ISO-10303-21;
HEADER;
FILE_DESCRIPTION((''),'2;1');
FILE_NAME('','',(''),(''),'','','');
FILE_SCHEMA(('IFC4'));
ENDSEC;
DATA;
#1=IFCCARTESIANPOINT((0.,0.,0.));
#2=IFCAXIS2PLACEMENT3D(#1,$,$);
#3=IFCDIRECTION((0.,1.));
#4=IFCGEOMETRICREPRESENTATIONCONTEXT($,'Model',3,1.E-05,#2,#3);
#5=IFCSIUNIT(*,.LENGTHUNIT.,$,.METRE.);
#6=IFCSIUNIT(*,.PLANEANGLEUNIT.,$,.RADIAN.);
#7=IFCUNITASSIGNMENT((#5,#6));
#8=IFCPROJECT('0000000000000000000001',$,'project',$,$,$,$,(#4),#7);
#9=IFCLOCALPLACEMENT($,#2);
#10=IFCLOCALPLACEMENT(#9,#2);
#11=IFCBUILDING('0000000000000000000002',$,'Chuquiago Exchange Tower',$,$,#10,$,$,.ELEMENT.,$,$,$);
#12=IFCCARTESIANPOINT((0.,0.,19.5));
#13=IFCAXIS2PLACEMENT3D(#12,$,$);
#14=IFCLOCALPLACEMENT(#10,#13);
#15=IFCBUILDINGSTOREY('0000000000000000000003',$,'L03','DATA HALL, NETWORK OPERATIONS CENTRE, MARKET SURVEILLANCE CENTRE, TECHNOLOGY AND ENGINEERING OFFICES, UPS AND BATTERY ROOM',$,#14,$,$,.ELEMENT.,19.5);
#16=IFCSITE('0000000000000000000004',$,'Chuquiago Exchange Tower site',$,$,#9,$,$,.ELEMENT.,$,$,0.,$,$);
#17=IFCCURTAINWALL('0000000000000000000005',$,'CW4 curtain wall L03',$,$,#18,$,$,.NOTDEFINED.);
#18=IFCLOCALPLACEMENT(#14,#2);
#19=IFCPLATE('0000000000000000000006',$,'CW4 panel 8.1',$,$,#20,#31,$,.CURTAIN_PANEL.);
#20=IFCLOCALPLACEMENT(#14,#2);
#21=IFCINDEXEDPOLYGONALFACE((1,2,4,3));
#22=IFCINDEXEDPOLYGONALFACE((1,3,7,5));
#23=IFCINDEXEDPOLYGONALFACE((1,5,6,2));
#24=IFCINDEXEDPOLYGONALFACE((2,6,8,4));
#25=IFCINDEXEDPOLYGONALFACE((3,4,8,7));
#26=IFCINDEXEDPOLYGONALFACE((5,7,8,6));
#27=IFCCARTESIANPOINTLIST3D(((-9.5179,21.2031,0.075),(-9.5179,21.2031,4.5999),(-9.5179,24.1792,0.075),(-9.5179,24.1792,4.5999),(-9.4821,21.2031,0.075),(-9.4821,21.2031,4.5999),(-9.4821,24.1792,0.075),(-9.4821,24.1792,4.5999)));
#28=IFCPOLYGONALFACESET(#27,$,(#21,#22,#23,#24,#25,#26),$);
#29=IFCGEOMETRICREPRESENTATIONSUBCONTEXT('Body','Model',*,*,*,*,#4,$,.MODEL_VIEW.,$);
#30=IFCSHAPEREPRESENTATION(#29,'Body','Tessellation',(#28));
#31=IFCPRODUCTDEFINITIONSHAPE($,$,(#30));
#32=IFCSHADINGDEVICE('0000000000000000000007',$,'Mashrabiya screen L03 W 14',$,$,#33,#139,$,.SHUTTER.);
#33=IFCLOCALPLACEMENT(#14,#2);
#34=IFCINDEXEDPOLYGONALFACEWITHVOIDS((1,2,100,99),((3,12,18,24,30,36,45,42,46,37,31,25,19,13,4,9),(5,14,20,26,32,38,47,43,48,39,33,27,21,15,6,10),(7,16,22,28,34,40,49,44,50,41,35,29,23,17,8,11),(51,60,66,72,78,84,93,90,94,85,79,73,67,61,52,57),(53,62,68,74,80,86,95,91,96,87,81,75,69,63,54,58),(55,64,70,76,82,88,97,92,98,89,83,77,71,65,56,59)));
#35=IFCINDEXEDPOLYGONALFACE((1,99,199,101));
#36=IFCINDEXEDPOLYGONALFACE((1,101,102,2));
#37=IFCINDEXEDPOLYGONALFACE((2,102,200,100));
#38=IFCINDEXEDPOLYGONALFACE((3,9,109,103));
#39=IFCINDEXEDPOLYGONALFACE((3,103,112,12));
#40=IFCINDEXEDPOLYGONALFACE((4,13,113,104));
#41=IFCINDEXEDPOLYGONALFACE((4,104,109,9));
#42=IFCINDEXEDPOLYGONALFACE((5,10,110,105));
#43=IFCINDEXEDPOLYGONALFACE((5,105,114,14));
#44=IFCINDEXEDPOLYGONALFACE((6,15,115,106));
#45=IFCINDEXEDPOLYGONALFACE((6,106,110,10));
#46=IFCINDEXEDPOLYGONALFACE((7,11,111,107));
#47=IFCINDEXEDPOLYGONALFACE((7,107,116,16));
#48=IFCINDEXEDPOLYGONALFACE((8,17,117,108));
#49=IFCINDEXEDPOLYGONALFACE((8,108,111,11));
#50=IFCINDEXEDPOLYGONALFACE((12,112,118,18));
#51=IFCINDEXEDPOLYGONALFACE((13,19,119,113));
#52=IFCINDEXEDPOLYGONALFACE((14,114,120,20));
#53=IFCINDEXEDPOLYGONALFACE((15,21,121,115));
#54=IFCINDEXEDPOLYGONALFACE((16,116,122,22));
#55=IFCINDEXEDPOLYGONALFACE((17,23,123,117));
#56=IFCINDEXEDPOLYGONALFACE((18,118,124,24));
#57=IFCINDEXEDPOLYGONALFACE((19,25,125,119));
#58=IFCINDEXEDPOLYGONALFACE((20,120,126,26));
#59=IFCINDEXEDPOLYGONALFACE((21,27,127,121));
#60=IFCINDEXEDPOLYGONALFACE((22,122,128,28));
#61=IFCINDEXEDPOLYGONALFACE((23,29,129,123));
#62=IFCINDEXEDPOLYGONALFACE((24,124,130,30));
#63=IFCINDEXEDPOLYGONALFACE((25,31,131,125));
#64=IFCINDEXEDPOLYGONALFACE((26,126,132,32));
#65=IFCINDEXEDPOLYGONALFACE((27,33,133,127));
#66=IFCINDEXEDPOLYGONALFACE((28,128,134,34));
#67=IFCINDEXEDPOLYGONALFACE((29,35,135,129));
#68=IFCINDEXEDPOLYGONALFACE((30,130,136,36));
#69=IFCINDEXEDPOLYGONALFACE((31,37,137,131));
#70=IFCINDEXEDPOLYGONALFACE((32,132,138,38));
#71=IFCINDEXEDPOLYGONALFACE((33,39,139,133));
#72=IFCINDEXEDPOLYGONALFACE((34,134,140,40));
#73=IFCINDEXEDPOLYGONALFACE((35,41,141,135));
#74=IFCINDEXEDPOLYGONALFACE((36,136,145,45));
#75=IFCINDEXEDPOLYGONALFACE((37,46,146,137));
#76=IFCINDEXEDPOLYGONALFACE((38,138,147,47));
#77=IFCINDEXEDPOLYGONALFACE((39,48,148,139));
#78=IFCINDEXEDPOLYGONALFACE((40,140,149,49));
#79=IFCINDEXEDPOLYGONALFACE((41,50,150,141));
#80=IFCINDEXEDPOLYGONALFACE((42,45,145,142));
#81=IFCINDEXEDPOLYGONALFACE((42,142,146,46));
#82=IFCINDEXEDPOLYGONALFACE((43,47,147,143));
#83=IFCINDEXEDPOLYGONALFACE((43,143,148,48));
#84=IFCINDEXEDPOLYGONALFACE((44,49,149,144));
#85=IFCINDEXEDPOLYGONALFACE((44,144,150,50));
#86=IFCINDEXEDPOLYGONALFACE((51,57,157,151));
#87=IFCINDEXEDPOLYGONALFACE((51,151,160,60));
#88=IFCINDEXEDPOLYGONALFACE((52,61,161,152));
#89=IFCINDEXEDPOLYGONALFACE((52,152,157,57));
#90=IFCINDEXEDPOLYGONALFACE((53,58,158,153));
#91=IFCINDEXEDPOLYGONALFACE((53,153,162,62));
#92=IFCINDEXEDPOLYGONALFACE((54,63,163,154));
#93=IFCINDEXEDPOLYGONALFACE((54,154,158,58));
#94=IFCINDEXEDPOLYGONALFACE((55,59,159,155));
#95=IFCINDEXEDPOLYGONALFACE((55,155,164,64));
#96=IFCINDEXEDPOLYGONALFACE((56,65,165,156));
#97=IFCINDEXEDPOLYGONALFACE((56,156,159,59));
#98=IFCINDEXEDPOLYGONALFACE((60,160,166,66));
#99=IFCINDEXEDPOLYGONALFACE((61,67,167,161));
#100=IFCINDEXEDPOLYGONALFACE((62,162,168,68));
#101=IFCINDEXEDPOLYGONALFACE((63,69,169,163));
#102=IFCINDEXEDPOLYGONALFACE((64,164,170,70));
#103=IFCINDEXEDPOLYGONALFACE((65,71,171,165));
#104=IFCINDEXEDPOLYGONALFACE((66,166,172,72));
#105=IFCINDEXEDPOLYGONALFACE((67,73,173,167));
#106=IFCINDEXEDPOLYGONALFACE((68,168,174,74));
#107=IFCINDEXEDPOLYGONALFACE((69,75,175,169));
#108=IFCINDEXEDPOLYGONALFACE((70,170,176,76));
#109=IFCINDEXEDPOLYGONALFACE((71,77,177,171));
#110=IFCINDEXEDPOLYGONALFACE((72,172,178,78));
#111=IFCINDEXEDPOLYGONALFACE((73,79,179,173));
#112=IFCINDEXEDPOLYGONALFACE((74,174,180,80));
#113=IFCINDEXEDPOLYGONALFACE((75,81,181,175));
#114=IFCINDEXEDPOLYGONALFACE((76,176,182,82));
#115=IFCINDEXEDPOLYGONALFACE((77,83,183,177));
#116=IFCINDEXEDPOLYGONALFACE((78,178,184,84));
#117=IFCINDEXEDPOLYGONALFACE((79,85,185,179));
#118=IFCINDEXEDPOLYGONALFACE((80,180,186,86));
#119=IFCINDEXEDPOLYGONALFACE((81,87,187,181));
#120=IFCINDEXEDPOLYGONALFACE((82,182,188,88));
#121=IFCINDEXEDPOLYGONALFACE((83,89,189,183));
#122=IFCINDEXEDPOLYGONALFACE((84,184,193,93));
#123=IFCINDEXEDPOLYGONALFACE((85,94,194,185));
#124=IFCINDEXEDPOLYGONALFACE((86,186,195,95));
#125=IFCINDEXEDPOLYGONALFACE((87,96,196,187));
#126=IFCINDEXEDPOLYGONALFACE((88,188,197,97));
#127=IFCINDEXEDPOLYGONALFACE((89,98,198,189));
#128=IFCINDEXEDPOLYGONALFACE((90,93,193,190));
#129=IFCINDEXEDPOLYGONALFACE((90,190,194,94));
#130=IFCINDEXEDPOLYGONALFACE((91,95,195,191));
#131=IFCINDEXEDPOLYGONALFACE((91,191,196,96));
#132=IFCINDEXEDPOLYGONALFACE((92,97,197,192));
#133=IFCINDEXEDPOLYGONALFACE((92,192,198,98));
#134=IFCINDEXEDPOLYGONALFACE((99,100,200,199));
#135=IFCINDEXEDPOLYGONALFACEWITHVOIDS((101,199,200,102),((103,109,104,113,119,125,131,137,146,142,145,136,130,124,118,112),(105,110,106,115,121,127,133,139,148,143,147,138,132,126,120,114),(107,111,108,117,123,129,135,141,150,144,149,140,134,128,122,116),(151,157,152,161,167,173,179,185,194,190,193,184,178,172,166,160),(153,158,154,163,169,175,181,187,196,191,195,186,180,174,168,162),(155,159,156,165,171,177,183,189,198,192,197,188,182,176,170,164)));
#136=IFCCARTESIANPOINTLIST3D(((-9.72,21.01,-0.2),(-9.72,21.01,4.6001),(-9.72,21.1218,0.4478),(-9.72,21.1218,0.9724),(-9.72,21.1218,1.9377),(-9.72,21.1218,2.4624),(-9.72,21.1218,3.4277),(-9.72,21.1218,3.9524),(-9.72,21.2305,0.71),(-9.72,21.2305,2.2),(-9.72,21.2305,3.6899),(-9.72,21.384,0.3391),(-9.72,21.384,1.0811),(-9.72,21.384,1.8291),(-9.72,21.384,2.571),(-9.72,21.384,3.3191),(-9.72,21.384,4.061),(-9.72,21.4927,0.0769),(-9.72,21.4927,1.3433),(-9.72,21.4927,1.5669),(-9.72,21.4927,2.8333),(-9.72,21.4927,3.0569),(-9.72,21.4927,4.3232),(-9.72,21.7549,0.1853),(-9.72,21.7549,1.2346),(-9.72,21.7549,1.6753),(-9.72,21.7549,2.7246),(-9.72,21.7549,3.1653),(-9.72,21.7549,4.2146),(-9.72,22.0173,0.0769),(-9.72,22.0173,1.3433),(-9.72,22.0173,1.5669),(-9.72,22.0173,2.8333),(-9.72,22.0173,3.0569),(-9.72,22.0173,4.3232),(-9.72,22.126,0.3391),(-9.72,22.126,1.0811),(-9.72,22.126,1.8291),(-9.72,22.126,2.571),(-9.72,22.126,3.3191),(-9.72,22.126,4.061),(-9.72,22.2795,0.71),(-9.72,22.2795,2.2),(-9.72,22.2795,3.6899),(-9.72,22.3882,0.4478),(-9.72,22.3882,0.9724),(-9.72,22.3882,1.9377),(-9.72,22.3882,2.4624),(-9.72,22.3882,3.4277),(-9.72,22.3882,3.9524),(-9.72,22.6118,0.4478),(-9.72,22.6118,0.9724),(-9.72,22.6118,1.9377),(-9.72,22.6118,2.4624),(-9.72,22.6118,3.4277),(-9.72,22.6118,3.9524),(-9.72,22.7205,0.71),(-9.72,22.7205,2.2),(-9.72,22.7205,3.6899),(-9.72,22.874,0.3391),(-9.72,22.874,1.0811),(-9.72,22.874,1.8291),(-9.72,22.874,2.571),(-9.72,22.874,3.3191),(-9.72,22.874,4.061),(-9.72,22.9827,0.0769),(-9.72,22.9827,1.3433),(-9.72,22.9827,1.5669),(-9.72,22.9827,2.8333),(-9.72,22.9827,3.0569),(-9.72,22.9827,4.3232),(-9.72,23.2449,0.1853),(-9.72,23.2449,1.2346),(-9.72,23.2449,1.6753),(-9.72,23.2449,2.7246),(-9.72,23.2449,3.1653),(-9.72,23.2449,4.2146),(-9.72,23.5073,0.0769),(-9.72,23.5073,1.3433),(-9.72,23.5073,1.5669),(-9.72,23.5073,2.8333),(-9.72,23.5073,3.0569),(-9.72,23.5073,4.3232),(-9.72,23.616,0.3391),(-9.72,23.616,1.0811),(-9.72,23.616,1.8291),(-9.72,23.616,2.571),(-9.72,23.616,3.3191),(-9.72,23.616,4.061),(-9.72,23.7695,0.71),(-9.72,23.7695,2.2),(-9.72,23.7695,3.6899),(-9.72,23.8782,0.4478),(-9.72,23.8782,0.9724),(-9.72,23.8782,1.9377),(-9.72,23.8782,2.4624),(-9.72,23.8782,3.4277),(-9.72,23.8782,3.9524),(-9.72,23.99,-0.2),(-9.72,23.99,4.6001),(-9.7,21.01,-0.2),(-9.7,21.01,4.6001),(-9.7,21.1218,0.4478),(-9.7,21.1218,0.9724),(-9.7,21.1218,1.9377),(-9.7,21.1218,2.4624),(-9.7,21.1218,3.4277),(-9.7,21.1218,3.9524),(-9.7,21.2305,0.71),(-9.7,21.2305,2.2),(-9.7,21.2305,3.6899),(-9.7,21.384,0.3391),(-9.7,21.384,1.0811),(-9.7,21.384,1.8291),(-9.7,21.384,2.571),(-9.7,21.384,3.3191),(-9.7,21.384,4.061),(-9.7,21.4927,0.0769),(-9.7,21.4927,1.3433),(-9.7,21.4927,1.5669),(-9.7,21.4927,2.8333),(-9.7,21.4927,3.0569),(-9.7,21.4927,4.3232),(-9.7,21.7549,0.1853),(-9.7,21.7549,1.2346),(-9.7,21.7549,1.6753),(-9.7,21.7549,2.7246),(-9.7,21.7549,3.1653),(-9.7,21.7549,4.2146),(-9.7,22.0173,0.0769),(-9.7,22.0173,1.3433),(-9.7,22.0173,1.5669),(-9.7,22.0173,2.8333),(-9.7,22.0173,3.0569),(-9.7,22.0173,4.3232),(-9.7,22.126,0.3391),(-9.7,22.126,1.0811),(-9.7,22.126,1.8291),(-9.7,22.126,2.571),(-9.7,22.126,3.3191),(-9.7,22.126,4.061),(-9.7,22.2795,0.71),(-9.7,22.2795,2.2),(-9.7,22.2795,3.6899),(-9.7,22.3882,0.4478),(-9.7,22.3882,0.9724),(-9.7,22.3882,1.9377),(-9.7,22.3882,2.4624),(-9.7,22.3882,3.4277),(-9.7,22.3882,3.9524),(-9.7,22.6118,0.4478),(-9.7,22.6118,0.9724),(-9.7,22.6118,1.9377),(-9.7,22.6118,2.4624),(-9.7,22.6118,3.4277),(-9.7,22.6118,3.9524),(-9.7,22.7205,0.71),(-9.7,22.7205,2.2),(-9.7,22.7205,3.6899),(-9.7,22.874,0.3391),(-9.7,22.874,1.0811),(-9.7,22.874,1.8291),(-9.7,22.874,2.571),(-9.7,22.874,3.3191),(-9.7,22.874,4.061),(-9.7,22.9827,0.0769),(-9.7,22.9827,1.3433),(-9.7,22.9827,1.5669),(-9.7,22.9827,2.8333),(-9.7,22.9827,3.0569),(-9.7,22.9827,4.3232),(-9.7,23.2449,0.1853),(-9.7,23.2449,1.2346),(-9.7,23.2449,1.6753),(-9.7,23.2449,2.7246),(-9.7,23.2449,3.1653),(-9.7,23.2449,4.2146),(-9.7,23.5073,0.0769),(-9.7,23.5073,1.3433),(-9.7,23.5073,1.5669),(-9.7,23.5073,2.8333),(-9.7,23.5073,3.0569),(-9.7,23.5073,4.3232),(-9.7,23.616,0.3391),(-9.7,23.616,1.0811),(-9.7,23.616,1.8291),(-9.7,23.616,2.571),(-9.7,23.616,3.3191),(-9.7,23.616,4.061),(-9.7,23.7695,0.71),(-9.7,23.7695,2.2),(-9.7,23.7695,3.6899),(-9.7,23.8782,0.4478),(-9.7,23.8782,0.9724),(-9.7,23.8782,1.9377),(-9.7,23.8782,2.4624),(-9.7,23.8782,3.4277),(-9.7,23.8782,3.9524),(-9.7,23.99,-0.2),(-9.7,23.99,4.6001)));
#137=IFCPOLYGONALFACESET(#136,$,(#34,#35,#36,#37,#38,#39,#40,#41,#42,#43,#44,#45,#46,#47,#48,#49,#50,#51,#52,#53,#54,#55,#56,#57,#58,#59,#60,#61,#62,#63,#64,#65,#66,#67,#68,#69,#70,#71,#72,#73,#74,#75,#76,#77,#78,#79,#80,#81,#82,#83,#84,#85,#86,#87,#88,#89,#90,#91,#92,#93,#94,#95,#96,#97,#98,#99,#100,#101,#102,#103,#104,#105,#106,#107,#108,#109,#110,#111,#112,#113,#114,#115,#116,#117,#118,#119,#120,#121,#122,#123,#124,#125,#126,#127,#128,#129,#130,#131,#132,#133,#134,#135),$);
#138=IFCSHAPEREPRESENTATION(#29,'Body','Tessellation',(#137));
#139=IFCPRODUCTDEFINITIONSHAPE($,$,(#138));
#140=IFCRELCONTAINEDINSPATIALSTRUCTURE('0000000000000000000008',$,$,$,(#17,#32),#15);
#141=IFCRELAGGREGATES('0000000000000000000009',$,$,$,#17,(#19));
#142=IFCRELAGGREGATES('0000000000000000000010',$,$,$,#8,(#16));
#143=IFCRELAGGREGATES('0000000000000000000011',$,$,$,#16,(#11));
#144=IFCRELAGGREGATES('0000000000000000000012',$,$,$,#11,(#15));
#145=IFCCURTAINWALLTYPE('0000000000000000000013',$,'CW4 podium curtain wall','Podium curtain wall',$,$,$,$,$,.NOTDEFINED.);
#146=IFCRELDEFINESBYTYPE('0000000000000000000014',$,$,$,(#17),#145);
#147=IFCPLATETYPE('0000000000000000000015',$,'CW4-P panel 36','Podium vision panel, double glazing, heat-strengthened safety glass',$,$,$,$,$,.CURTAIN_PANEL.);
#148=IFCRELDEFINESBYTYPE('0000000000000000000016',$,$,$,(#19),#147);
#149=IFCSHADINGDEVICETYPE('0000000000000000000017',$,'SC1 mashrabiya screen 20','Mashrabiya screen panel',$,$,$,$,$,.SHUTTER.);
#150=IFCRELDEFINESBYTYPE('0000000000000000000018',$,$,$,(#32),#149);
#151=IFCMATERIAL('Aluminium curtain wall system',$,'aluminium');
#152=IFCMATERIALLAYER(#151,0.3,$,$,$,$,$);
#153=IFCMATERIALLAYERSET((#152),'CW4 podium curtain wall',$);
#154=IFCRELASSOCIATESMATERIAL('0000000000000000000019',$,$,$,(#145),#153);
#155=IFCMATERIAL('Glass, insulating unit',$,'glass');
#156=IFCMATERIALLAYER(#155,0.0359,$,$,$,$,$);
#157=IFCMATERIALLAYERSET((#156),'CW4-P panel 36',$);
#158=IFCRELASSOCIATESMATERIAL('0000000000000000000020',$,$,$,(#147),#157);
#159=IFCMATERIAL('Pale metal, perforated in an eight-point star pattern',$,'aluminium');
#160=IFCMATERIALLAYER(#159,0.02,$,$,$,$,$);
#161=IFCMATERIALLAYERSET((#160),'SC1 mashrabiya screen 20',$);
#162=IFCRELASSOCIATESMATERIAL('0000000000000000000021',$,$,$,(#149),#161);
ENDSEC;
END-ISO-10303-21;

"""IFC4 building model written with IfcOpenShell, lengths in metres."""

from ifc_helpers import new_model, si_unit, direction, frame, origin, origin_2d, place, context, subcontext, project, spatial, polyline, rectangle, outline, extrude, material, layer, layer_set, type_object, element, aggregate, save


model = new_model("IFC4")

# Units and contexts
model_context = context("Model", 3, precision=1e-05, world=origin(), true_north=direction((0.0, 1.0)))
body_context = subcontext(model_context, "Body", "Model", "MODEL_VIEW")
ifc_project = project(units=[si_unit("LENGTHUNIT", "METRE"), si_unit("PLANEANGLEUNIT", "RADIAN")], contexts=[model_context])

# Site, building, storey
site_placement = place(None, origin())
site = spatial("IfcSite", under=ifc_project, at=site_placement, Name="Chuquiago Exchange Tower site", CompositionType="ELEMENT", RefElevation=0.0)
building_placement = place(site_placement, origin())
building = spatial("IfcBuilding", under=site, at=building_placement, Name="Chuquiago Exchange Tower", CompositionType="ELEMENT")
storey_placement = place(building_placement, frame((0.0, 0.0, 19.5)))
storey = spatial("IfcBuildingStorey", under=building, at=storey_placement, Name="L03", Description="DATA HALL, NETWORK OPERATIONS CENTRE, MARKET SURVEILLANCE CENTRE, TECHNOLOGY AND ENGINEERING OFFICES, UPS AND BATTERY ROOM", CompositionType="ELEMENT", Elevation=19.5)

# Curtain wall
ifc_material_1 = material(Name="Aluminium curtain wall system", Category="aluminium")
ifc_layer_1 = layer(ifc_material_1, 0.3)
ifc_layer_set_1 = layer_set([ifc_layer_1], Name="CW4 podium curtain wall")
curtain_wall_type = type_object("IfcCurtainWallType", Name="CW4 podium curtain wall", Description="Podium curtain wall", PredefinedType="NOTDEFINED", material=ifc_layer_set_1)
curtain_wall_placement = place(storey_placement, origin())
curtain_wall = element("IfcCurtainWall", 1, at=curtain_wall_placement, inside=storey, type_object=curtain_wall_type, Name="CW4 curtain wall L03", PredefinedType="NOTDEFINED")

# Plate
ifc_material_2 = material(Name="Glass, insulating unit", Category="glass")
ifc_layer_2 = layer(ifc_material_2, 0.0359)
ifc_layer_set_2 = layer_set([ifc_layer_2], Name="CW4-P panel 36")
plate_type = type_object("IfcPlateType", Name="CW4-P panel 36", Description="Podium vision panel, double glazing, heat-strengthened safety glass", PredefinedType="CURTAIN_PANEL", material=ifc_layer_set_2)
plate_1_placement = place(storey_placement, frame((-9.5, 22.6912, 0.075), z_axis=(0.0, 0.0, 1.0), x_axis=(0.0, -1.0, 0.0)))
plate_1 = element("IfcPlate", 2, at=plate_1_placement, type_object=plate_type, Name="CW4 panel 8.1", PredefinedType="CURTAIN_PANEL", context=body_context, shape_type="SweptSolid", body=[
    extrude(rectangle(XDim=2.9761, YDim=0.0359, at=origin_2d()), origin(), (0.0, 0.0, 1.0), 4.5249),
])
aggregate(curtain_wall, [plate_1])

# Shading device
ifc_material_3 = material(Name="Pale metal, perforated in an eight-point star pattern", Category="aluminium")
ifc_layer_3 = layer(ifc_material_3, 0.02)
ifc_layer_set_3 = layer_set([ifc_layer_3], Name="SC1 mashrabiya screen 20")
shading_device_type = type_object("IfcShadingDeviceType", Name="SC1 mashrabiya screen 20", Description="Mashrabiya screen panel", PredefinedType="SHUTTER", material=ifc_layer_set_3)
shading_device_1_placement = place(storey_placement, frame((-9.7, 23.99, -0.2), z_axis=(0.0, 0.0, 1.0), x_axis=(0.0, -1.0, 0.0)))
element("IfcShadingDevice", 3, at=shading_device_1_placement, inside=storey, type_object=shading_device_type, Name="Mashrabiya screen L03 W 14", PredefinedType="SHUTTER", context=body_context, shape_type="SweptSolid", body=[
    extrude(outline(polyline([(0.0, 0.0), (2.98, 0.0), (2.98, 4.8), (0.0, 4.8), (0.0, 0.0)]), holes=[polyline([(1.2695, 0.9099), (1.3782, 1.1724), (1.116, 1.281), (1.0073, 1.5432), (0.7451, 1.4346), (0.4827, 1.5432), (0.374, 1.281), (0.1118, 1.1724), (0.2205, 0.9099), (0.1118, 0.6477), (0.374, 0.5391), (0.4827, 0.2769), (0.7451, 0.3853), (1.0073, 0.2769), (1.116, 0.5391), (1.3782, 0.6477), (1.2695, 0.9099)]), polyline([(2.7595, 0.9099), (2.8682, 1.1724), (2.606, 1.281), (2.4973, 1.5432), (2.2351, 1.4346), (1.9727, 1.5432), (1.864, 1.281), (1.6018, 1.1724), (1.7104, 0.9099), (1.6018, 0.6477), (1.864, 0.5391), (1.9727, 0.2769), (2.2351, 0.3853), (2.4973, 0.2769), (2.606, 0.5391), (2.8682, 0.6477), (2.7595, 0.9099)]), polyline([(1.2695, 2.3999), (1.3782, 2.6624), (1.116, 2.771), (1.0073, 3.0332), (0.7451, 2.9246), (0.4827, 3.0332), (0.374, 2.771), (0.1118, 2.6624), (0.2205, 2.3999), (0.1118, 2.1377), (0.374, 2.0291), (0.4827, 1.7668), (0.7451, 1.8752), (1.0073, 1.7668), (1.116, 2.0291), (1.3782, 2.1377), (1.2695, 2.3999)]), polyline([(2.7595, 2.3999), (2.8682, 2.6624), (2.606, 2.771), (2.4973, 3.0332), (2.2351, 2.9246), (1.9727, 3.0332), (1.864, 2.771), (1.6018, 2.6624), (1.7104, 2.3999), (1.6018, 2.1377), (1.864, 2.0291), (1.9727, 1.7668), (2.2351, 1.8752), (2.4973, 1.7668), (2.606, 2.0291), (2.8682, 2.1377), (2.7595, 2.3999)]), polyline([(1.2695, 3.8899), (1.3782, 4.1523), (1.116, 4.261), (1.0073, 4.5232), (0.7451, 4.4146), (0.4827, 4.5232), (0.374, 4.261), (0.1118, 4.1523), (0.2205, 3.8899), (0.1118, 3.6277), (0.374, 3.519), (0.4827, 3.2568), (0.7451, 3.3652), (1.0073, 3.2568), (1.116, 3.519), (1.3782, 3.6277), (1.2695, 3.8899)]), polyline([(2.7595, 3.8899), (2.8682, 4.1523), (2.606, 4.261), (2.4973, 4.5232), (2.2351, 4.4146), (1.9727, 4.5232), (1.864, 4.261), (1.6018, 4.1523), (1.7104, 3.8899), (1.6018, 3.6277), (1.864, 3.519), (1.9727, 3.2568), (2.2351, 3.3652), (2.4973, 3.2568), (2.606, 3.519), (2.8682, 3.6277), (2.7595, 3.8899)])]), frame((0.0, 0.0, 0.0), z_axis=(0.0, -1.0, 0.0), x_axis=(1.0, 0.0, 0.0)), (0.0, 0.0, 1.0), 0.02),
])

save(model, "model.ifc")
